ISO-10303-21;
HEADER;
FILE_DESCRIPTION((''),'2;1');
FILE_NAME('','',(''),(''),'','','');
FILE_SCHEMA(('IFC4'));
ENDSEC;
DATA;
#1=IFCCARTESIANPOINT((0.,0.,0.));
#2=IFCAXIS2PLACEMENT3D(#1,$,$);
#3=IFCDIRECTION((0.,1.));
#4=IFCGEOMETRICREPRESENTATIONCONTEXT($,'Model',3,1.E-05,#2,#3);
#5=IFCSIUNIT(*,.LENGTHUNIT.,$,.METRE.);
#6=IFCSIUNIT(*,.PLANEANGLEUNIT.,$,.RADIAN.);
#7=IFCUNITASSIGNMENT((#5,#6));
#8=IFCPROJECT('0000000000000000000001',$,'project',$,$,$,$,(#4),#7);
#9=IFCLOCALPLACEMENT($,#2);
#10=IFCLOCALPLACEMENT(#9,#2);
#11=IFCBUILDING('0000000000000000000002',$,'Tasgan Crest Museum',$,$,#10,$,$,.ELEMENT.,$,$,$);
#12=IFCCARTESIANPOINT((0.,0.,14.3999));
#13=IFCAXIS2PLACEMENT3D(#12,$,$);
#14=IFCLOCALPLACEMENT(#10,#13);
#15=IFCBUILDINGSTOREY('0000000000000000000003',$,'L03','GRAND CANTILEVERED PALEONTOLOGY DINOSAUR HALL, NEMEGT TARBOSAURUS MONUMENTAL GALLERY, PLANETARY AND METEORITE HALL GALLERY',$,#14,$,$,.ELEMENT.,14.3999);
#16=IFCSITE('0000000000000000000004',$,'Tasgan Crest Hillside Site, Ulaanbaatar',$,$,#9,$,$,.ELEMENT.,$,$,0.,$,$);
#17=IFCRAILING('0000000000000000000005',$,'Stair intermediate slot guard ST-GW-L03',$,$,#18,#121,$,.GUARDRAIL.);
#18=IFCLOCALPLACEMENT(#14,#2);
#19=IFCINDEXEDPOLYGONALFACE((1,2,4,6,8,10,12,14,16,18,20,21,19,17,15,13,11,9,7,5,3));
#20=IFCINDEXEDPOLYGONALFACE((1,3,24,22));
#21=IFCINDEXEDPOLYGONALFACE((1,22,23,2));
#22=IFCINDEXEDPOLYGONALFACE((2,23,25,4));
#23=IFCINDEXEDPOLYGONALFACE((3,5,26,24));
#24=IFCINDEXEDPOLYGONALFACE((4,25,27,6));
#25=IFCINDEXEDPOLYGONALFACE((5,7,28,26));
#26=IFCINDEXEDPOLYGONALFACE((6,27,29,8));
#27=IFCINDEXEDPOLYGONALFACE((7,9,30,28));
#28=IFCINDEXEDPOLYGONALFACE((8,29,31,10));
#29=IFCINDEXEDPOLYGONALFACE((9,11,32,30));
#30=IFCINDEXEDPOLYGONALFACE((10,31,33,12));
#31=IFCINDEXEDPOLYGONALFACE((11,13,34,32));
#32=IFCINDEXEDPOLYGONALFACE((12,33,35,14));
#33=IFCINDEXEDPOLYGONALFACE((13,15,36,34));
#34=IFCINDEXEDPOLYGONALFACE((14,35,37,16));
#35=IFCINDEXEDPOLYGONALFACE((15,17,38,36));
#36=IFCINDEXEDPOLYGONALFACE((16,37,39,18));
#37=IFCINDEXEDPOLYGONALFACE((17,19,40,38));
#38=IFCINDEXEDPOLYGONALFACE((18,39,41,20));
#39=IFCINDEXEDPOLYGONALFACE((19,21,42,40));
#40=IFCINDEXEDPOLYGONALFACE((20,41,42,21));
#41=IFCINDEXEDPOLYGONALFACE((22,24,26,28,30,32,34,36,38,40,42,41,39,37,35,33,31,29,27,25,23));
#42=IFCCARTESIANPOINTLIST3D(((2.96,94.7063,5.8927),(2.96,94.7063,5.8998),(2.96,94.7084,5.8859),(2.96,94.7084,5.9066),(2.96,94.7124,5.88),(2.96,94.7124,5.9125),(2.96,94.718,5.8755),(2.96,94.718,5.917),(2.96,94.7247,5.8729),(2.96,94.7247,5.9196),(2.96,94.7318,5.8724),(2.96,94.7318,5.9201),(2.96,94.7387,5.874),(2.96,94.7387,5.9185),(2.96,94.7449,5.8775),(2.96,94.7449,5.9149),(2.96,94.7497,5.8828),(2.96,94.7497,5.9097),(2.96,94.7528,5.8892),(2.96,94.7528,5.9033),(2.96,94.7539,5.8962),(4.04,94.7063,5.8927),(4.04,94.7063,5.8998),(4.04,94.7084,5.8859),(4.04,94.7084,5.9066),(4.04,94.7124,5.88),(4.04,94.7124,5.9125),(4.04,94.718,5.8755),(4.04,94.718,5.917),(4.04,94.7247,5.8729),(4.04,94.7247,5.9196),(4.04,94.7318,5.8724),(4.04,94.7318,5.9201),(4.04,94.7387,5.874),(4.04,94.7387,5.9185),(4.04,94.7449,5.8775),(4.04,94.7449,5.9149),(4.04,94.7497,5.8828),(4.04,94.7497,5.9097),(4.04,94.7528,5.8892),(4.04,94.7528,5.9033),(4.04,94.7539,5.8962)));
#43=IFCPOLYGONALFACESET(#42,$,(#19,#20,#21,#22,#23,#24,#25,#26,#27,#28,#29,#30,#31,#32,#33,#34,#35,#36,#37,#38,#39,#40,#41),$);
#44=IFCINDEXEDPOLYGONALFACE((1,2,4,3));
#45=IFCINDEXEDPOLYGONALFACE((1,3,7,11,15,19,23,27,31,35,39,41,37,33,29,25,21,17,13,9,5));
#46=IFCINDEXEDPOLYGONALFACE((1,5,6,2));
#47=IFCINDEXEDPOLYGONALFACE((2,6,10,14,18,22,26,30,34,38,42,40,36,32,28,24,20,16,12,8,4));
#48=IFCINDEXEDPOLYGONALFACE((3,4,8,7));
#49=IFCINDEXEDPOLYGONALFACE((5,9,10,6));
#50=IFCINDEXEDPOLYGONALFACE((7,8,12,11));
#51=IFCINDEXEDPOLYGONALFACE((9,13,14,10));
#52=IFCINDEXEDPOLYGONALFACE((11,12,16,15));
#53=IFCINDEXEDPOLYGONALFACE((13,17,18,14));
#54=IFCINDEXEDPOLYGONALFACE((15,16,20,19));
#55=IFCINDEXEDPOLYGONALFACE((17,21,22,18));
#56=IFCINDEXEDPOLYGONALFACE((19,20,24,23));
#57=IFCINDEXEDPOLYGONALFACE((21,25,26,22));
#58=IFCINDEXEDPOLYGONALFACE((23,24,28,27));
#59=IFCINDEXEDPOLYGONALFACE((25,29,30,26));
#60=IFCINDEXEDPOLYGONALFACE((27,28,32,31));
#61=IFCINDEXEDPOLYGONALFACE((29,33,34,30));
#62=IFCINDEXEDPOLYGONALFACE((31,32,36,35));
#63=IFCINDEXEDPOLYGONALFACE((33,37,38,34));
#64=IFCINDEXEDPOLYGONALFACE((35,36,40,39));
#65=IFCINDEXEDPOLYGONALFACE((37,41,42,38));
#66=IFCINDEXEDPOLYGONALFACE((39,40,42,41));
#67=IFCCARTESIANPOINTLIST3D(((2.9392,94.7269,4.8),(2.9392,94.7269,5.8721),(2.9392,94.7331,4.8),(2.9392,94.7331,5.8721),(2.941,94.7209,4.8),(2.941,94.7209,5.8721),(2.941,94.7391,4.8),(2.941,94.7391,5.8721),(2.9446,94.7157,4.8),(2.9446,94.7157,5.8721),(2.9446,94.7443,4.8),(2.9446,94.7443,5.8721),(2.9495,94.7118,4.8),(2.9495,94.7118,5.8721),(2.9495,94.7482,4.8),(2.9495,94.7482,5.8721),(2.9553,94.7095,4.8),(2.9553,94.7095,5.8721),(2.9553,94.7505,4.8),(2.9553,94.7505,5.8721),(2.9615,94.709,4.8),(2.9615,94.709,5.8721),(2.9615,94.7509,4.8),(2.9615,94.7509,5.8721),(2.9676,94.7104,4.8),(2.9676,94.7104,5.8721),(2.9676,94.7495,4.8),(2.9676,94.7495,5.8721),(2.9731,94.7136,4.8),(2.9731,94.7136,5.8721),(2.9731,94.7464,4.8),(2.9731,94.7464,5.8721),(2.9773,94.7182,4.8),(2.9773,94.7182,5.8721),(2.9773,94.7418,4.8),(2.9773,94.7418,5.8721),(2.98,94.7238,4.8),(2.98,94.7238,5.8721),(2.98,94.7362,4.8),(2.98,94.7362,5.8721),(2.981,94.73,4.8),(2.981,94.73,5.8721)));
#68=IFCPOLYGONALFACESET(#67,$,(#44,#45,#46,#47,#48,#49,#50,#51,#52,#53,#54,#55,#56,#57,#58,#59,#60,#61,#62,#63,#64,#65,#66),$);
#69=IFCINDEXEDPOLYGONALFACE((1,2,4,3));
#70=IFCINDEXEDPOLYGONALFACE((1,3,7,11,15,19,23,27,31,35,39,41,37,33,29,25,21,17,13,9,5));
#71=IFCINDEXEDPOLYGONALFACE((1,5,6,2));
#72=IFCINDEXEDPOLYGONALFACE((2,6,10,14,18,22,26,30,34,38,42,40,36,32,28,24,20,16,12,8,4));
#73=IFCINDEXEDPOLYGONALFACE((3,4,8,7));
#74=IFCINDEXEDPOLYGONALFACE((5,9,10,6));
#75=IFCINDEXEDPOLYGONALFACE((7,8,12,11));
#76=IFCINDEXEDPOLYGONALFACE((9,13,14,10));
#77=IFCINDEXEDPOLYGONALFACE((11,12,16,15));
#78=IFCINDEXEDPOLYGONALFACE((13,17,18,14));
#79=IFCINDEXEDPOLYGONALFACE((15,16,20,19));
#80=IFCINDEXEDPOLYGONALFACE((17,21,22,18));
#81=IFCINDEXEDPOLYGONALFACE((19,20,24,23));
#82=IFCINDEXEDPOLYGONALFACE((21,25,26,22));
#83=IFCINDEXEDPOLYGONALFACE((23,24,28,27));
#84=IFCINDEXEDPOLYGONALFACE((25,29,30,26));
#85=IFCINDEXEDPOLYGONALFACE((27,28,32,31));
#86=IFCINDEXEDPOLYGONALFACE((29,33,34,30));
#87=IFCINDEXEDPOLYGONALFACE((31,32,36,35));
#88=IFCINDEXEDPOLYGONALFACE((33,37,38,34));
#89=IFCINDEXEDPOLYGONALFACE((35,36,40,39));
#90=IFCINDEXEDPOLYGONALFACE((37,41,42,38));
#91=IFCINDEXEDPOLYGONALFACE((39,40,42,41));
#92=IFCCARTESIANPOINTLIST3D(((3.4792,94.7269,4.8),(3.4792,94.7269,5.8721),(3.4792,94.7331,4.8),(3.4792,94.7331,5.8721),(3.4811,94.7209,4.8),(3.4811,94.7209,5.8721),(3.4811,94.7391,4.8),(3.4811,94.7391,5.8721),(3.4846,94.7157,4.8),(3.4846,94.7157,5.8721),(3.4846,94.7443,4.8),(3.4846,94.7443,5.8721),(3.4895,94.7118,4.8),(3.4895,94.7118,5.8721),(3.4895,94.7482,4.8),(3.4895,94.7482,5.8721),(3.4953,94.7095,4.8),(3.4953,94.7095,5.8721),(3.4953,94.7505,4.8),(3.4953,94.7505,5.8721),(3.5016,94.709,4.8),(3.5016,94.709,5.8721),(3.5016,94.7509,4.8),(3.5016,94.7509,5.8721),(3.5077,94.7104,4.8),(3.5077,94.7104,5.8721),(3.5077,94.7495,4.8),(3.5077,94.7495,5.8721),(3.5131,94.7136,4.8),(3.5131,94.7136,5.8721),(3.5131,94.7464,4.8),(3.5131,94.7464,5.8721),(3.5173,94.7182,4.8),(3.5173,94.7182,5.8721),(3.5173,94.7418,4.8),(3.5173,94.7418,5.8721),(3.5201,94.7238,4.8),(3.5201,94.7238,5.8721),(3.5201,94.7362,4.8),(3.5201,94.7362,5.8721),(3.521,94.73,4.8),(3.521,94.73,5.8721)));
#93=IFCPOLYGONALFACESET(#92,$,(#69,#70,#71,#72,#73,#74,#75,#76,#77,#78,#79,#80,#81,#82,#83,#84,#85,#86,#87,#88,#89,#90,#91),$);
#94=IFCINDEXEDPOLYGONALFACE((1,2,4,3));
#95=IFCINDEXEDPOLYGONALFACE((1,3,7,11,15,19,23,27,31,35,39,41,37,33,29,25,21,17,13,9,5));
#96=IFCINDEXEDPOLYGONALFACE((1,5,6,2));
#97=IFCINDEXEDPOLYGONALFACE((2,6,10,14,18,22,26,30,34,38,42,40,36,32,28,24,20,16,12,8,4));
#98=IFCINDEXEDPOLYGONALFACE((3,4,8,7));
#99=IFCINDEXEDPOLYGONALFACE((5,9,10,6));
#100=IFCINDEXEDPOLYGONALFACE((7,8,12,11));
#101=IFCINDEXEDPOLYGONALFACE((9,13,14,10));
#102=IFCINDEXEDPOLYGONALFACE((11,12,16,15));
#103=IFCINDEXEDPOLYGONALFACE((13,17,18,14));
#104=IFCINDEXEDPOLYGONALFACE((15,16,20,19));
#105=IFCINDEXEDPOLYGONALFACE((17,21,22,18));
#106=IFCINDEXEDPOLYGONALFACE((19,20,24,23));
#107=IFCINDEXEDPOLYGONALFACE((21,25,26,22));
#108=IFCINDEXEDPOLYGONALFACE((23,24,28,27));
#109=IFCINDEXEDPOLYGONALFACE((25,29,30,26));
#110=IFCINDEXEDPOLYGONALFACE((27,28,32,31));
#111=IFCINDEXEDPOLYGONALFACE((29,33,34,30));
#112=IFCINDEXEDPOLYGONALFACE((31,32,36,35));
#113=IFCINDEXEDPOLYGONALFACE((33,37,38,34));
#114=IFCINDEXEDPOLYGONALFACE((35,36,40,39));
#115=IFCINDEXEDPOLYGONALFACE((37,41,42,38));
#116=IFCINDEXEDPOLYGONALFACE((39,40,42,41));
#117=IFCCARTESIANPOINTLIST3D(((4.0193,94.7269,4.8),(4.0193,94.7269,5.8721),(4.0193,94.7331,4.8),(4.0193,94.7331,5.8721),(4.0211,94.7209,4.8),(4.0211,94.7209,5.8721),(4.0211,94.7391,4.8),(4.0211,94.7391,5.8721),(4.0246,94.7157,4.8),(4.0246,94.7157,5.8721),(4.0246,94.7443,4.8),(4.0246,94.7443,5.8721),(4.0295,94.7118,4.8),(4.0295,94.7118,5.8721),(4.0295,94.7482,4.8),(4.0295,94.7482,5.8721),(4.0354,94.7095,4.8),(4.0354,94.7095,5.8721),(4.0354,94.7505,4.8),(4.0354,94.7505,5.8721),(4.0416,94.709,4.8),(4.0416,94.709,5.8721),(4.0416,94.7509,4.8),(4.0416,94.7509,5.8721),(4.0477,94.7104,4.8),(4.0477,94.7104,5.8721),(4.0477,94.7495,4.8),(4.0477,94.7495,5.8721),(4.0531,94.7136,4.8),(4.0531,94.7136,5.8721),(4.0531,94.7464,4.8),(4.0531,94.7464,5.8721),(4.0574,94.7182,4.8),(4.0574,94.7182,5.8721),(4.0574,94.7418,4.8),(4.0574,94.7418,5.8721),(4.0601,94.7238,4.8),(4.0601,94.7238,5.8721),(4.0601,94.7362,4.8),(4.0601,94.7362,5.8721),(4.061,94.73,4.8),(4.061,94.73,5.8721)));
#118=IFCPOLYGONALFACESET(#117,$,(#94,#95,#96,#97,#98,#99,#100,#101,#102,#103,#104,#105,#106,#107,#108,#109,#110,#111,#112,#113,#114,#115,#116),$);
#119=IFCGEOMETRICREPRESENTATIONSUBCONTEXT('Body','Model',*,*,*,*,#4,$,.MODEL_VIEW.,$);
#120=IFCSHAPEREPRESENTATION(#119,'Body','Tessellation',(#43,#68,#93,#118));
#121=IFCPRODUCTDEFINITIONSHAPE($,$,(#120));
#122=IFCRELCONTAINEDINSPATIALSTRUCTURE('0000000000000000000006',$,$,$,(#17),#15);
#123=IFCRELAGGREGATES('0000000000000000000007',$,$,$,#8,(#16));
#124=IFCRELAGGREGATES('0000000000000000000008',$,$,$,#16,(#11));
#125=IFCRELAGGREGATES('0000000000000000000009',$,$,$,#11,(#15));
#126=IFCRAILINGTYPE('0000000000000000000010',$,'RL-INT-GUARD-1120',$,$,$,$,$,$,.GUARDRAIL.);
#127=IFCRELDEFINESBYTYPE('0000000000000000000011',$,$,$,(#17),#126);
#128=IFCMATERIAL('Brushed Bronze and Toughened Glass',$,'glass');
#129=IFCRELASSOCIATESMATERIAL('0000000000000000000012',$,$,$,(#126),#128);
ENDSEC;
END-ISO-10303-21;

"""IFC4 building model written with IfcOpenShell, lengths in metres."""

from ifc_helpers import new_model, si_unit, direction, frame, origin, origin_2d, place, context, subcontext, project, spatial, circle, extrude, material, type_object, element, save


model = new_model("IFC4")

# Units and contexts
model_context = context("Model", 3, precision=1e-05, world=origin(), true_north=direction((0.0, 1.0)))
body_context = subcontext(model_context, "Body", "Model", "MODEL_VIEW")
ifc_project = project(units=[si_unit("LENGTHUNIT", "METRE"), si_unit("PLANEANGLEUNIT", "RADIAN")], contexts=[model_context])

# Site, building, storey
site_placement = place(None, origin())
site = spatial("IfcSite", under=ifc_project, at=site_placement, Name="Tasgan Crest Hillside Site, Ulaanbaatar", CompositionType="ELEMENT", RefElevation=0.0)
building_placement = place(site_placement, origin())
building = spatial("IfcBuilding", under=site, at=building_placement, Name="Tasgan Crest Museum", CompositionType="ELEMENT")
storey_placement = place(building_placement, frame((0.0, 0.0, 14.3999)))
storey = spatial("IfcBuildingStorey", under=building, at=storey_placement, Name="L03", Description="GRAND CANTILEVERED PALEONTOLOGY DINOSAUR HALL, NEMEGT TARBOSAURUS MONUMENTAL GALLERY, PLANETARY AND METEORITE HALL GALLERY", CompositionType="ELEMENT", Elevation=14.3999)

# Railing
ifc_material_1 = material(Name="Brushed Bronze and Toughened Glass", Category="glass")
railing_type = type_object("IfcRailingType", Name="RL-INT-GUARD-1120", PredefinedType="GUARDRAIL", material=ifc_material_1)
railing_1_placement = place(storey_placement, frame((2.96, 94.73, 4.8)))
element("IfcRailing", 1, at=railing_1_placement, inside=storey, type_object=railing_type, Name="Stair intermediate slot guard ST-GW-L03", PredefinedType="GUARDRAIL", context=body_context, shape_type="SweptSolid", body=[
    extrude(circle(Radius=0.0239, at=origin_2d()), frame((0.0, 0.0, 1.0962), z_axis=(1.0, 0.0, 0.0), x_axis=(0.0, 1.0, 0.0)), (0.0, 0.0, 1.0), 1.0801),
    extrude(circle(Radius=0.021, at=origin_2d()), origin(), (0.0, 0.0, 1.0), 1.072),
    extrude(circle(Radius=0.021, at=origin_2d()), frame((0.54, 0.0, 0.0)), (0.0, 0.0, 1.0), 1.072),
    extrude(circle(Radius=0.021, at=origin_2d()), frame((1.0801, 0.0, 0.0)), (0.0, 0.0, 1.0), 1.072),
])

save(model, "model.ifc")
